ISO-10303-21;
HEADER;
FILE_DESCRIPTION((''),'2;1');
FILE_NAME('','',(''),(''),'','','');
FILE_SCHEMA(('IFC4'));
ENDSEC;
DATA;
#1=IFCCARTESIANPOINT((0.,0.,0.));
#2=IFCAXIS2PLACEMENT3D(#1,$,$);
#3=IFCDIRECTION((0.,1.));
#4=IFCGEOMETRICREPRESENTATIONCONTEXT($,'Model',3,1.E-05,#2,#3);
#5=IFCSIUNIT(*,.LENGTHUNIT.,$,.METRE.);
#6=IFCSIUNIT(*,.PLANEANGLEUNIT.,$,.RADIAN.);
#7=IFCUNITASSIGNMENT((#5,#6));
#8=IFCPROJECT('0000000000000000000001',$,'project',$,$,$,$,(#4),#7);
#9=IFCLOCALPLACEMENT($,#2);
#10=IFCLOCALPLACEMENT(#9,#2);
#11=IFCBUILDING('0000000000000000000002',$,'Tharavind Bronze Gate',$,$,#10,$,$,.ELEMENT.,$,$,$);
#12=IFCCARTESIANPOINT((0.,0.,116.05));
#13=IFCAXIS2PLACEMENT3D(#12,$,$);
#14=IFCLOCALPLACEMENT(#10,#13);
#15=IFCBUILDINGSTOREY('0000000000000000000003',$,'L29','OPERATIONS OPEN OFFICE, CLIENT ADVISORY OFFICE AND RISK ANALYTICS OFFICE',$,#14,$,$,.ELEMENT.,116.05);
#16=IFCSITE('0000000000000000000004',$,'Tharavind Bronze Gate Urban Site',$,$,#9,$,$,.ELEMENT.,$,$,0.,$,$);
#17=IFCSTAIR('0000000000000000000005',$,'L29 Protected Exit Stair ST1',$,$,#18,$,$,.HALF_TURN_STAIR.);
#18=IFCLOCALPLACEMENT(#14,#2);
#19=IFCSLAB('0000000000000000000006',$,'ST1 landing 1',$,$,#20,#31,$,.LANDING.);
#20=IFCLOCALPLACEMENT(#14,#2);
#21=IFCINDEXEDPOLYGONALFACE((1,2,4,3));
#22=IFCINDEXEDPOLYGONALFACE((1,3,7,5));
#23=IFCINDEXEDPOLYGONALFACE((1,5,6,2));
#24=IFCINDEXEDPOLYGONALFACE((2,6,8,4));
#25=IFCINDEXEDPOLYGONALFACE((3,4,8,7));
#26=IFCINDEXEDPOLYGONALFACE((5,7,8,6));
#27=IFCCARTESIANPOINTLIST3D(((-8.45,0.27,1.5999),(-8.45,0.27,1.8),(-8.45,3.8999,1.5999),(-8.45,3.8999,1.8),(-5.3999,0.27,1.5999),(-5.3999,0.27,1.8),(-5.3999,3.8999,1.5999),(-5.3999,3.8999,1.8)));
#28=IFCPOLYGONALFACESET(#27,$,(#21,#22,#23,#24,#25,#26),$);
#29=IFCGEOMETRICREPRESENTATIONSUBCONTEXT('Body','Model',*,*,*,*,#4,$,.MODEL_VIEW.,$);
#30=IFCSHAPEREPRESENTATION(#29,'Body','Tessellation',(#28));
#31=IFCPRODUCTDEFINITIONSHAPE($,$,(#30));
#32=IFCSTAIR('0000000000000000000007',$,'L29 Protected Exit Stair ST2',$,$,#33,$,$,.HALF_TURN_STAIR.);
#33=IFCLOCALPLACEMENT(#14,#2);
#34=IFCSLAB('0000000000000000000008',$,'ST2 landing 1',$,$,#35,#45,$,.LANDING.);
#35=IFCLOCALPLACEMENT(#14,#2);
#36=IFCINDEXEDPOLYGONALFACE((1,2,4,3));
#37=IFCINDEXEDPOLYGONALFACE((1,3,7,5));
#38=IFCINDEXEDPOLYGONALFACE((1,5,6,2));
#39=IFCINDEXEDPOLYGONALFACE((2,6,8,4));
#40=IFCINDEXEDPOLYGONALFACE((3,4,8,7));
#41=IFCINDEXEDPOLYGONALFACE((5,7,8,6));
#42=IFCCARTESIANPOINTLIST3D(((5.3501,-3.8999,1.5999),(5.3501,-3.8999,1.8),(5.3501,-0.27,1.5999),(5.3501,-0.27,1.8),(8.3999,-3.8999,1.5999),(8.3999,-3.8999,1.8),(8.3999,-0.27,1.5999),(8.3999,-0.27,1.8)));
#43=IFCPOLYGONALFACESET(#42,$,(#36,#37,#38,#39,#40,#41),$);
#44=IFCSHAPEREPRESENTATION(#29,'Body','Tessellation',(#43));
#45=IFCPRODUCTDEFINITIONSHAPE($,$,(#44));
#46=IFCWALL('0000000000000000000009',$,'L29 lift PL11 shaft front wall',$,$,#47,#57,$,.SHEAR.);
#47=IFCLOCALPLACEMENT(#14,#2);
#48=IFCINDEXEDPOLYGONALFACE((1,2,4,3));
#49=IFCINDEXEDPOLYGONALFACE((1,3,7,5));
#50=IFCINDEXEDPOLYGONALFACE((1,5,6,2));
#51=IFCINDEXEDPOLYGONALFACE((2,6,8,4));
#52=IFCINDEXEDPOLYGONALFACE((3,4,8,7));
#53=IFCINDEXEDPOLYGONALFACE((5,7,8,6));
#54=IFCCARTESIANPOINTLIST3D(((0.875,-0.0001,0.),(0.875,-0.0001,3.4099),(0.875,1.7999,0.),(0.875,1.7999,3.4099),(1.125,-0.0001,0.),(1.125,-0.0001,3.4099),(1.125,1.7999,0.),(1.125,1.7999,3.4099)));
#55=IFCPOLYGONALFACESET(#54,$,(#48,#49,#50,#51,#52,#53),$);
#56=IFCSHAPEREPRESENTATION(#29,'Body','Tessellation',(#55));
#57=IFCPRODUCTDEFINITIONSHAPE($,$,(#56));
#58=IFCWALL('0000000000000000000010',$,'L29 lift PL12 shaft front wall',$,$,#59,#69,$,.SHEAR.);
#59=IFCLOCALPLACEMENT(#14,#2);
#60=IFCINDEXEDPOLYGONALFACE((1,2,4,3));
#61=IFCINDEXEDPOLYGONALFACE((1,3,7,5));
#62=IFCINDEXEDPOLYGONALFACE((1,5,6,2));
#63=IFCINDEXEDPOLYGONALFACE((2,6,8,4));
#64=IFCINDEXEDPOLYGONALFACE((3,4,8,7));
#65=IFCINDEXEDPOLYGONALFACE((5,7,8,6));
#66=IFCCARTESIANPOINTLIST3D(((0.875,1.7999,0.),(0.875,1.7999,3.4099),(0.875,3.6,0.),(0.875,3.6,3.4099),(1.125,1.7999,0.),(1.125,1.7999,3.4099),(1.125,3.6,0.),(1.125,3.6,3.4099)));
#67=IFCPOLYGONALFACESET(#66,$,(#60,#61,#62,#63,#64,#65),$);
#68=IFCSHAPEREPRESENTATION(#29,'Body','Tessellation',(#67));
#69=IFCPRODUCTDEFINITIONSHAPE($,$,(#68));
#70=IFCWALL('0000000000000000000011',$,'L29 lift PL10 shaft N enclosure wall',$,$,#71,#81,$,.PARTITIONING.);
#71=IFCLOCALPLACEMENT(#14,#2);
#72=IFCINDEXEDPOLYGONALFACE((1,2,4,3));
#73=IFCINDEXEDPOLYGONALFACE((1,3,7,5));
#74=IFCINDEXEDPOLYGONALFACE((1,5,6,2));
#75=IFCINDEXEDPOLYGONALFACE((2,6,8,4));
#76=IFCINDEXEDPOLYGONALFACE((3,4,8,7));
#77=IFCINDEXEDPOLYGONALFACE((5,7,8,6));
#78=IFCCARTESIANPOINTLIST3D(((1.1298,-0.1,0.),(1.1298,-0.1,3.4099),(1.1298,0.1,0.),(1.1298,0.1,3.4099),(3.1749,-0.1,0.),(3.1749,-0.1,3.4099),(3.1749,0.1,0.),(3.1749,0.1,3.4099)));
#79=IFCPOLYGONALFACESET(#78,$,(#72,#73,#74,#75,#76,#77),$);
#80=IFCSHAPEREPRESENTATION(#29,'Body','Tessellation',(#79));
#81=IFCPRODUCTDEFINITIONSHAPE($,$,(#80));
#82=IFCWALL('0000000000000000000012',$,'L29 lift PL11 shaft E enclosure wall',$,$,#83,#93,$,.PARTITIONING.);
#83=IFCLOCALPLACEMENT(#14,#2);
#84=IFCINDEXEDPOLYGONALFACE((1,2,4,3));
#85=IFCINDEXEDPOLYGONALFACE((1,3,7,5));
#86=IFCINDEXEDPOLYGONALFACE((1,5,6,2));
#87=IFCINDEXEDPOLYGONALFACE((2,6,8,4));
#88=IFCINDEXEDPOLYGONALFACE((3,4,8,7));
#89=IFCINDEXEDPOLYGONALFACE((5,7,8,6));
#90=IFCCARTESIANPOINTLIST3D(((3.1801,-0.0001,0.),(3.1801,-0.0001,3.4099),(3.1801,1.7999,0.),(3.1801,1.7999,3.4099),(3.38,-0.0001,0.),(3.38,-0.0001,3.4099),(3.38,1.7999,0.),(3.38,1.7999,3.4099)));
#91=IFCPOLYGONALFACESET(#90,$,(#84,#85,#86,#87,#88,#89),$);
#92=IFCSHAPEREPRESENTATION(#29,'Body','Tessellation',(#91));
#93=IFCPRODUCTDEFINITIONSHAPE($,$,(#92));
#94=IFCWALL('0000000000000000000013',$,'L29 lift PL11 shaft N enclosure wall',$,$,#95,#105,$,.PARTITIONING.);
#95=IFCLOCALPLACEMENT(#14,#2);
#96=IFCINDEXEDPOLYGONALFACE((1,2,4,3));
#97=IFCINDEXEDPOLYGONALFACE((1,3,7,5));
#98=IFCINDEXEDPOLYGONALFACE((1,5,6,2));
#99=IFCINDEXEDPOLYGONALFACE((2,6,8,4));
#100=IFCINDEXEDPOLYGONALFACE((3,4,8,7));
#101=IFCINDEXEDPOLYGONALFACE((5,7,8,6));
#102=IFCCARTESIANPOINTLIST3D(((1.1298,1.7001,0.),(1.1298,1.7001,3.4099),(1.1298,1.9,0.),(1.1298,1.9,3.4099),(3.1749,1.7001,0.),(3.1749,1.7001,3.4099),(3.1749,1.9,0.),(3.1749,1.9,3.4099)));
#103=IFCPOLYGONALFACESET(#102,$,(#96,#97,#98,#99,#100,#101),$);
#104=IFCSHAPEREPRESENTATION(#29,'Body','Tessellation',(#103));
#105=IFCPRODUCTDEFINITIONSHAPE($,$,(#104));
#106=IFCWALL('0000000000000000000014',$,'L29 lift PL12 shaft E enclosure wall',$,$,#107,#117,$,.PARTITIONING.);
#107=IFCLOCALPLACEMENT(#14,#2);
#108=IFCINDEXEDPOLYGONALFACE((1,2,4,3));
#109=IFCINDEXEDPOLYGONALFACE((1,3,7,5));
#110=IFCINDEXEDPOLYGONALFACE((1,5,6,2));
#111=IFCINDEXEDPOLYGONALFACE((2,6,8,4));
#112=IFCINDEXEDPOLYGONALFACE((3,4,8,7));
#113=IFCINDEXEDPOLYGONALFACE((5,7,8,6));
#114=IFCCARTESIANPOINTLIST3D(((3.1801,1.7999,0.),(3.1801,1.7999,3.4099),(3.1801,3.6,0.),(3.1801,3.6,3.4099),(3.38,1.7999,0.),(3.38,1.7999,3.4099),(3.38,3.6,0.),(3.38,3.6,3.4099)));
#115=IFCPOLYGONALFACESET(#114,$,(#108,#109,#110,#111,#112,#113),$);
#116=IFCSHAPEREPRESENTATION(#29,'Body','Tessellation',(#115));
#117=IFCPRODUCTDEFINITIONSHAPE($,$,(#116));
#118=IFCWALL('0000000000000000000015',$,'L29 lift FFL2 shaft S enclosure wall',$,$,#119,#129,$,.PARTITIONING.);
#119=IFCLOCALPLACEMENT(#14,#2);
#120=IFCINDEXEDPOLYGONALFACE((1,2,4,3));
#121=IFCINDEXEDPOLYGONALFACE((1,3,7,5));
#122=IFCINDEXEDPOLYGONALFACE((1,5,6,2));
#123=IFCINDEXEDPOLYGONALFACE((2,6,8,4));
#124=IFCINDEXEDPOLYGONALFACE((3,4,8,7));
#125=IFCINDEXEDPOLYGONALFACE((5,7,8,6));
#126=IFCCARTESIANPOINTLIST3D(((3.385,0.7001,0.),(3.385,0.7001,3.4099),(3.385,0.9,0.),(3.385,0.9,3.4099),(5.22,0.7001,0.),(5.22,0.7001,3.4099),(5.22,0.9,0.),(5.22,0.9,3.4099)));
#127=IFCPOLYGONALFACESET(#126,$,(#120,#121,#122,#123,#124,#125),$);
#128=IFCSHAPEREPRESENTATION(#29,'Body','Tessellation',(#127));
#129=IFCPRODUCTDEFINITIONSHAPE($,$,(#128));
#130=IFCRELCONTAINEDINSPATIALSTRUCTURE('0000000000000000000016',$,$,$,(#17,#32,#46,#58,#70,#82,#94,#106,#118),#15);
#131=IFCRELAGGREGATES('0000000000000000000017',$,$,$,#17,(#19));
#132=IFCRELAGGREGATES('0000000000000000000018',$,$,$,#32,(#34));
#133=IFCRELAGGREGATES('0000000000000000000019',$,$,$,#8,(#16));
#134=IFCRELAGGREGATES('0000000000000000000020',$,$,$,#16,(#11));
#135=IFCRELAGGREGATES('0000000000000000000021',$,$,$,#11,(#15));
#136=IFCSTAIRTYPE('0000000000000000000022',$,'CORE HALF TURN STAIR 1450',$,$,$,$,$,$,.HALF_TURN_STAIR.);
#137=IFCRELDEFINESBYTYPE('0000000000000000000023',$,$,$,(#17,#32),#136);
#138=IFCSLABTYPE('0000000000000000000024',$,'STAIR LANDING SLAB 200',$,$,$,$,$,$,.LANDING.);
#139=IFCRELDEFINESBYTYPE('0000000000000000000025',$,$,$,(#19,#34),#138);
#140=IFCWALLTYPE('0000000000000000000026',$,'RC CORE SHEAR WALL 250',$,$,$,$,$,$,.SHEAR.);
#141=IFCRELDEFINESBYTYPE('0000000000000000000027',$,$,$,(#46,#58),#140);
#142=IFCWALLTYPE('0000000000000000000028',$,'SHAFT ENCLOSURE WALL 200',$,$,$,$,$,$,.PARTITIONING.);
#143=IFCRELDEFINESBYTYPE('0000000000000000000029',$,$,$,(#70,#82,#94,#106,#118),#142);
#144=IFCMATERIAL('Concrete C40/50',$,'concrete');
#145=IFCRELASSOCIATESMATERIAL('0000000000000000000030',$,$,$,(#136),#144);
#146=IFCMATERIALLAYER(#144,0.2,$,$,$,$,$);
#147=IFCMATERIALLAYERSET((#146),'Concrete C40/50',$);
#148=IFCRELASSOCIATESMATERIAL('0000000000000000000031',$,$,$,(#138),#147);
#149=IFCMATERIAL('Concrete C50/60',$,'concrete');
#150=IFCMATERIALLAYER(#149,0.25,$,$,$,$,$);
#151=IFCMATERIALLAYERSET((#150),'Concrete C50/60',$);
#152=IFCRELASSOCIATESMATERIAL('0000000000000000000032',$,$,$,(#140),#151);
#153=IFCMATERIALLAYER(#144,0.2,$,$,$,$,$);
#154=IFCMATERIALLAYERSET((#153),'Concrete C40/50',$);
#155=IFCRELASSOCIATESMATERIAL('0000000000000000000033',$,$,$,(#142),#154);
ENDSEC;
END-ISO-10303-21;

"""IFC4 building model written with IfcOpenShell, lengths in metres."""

from ifc_helpers import new_model, si_unit, direction, frame, frame_2d, origin, place, context, subcontext, project, spatial, polyline, rectangle, outline, extrude, material, layer, layer_set, type_object, element, aggregate, save


model = new_model("IFC4")

# Units and contexts
model_context = context("Model", 3, precision=1e-05, world=origin(), true_north=direction((0.0, 1.0)))
body_context = subcontext(model_context, "Body", "Model", "MODEL_VIEW")
ifc_project = project(units=[si_unit("LENGTHUNIT", "METRE"), si_unit("PLANEANGLEUNIT", "RADIAN")], contexts=[model_context])

# Site, building, storey
site_placement = place(None, origin())
site = spatial("IfcSite", under=ifc_project, at=site_placement, Name="Tharavind Bronze Gate Urban Site", CompositionType="ELEMENT", RefElevation=0.0)
building_placement = place(site_placement, origin())
building = spatial("IfcBuilding", under=site, at=building_placement, Name="Tharavind Bronze Gate", CompositionType="ELEMENT")
storey_placement = place(building_placement, frame((0.0, 0.0, 116.05)))
storey = spatial("IfcBuildingStorey", under=building, at=storey_placement, Name="L29", Description="OPERATIONS OPEN OFFICE, CLIENT ADVISORY OFFICE AND RISK ANALYTICS OFFICE", CompositionType="ELEMENT", Elevation=116.05)

# Stairs, slabs
ifc_material_1 = material(Name="Concrete C40/50", Category="concrete")
stair_type = type_object("IfcStairType", Name="CORE HALF TURN STAIR 1450", PredefinedType="HALF_TURN_STAIR", material=ifc_material_1)
stair_1_placement = place(storey_placement, origin())
stair_1 = element("IfcStair", 1, at=stair_1_placement, inside=storey, type_object=stair_type, Name="L29 Protected Exit Stair ST1", PredefinedType="HALF_TURN_STAIR")
ifc_layer_1 = layer(ifc_material_1, 0.2)
ifc_layer_set_1 = layer_set([ifc_layer_1], Name="Concrete C40/50")
slab_type = type_object("IfcSlabType", Name="STAIR LANDING SLAB 200", PredefinedType="LANDING", material=ifc_layer_set_1)
slab_1_placement = place(storey_placement, frame((0.0, 0.0, 1.5999)))
slab_1 = element("IfcSlab", 2, at=slab_1_placement, type_object=slab_type, Name="ST1 landing 1", PredefinedType="LANDING", context=body_context, shape_type="SweptSolid", body=[
    extrude(outline(polyline([(-5.3999, 0.27), (-5.3999, 3.8999), (-8.45, 3.8999), (-8.45, 0.27), (-5.3999, 0.27)])), origin(), (0.0, 0.0, 1.0), 0.2002),
])
aggregate(stair_1, [slab_1])
stair_2_placement = place(storey_placement, origin())
stair_2 = element("IfcStair", 3, at=stair_2_placement, inside=storey, type_object=stair_type, Name="L29 Protected Exit Stair ST2", PredefinedType="HALF_TURN_STAIR")
slab_2_placement = place(storey_placement, frame((0.0, 0.0, 1.5999)))
slab_2 = element("IfcSlab", 4, at=slab_2_placement, type_object=slab_type, Name="ST2 landing 1", PredefinedType="LANDING", context=body_context, shape_type="SweptSolid", body=[
    extrude(outline(polyline([(5.3501, -0.27), (5.3501, -3.8999), (8.3999, -3.8999), (8.3999, -0.27), (5.3501, -0.27)])), origin(), (0.0, 0.0, 1.0), 0.2002),
])
aggregate(stair_2, [slab_2])

# Walls
ifc_material_2 = material(Name="Concrete C50/60", Category="concrete")
ifc_layer_2 = layer(ifc_material_2, 0.25)
ifc_layer_set_2 = layer_set([ifc_layer_2], Name="Concrete C50/60")
wall_type_1 = type_object("IfcWallType", Name="RC CORE SHEAR WALL 250", PredefinedType="SHEAR", material=ifc_layer_set_2)
for number, where, z_axis, x_axis, name in (
    (5, (1.0, 0.0, 0.0), (0.0, 0.0, 1.0), (0.0, 1.0, 0.0), "L29 lift PL11 shaft front wall"),
    (6, (1.0, 1.8, 0.0), (0.0, 0.0, 1.0), (0.0, 1.0, 0.0), "L29 lift PL12 shaft front wall"),
):
    element("IfcWall", number, at=place(storey_placement, frame(where, z_axis=z_axis, x_axis=x_axis)), inside=storey, type_object=wall_type_1, Name=name, PredefinedType="SHEAR", context=body_context, shape_type="SweptSolid", body=[
        extrude(rectangle(XDim=1.8, YDim=0.25, at=frame_2d((0.8999, 0.0))), origin(), (0.0, 0.0, 1.0), 3.4099),
    ])
ifc_layer_3 = layer(ifc_material_1, 0.2)
ifc_layer_set_3 = layer_set([ifc_layer_3], Name="Concrete C40/50")
wall_type_2 = type_object("IfcWallType", Name="SHAFT ENCLOSURE WALL 200", PredefinedType="PARTITIONING", material=ifc_layer_set_3)
wall_1_placement = place(storey_placement, frame((1.1299, 0.0, 0.0), z_axis=(0.0, 0.0, 1.0), x_axis=(1.0, 0.0, 0.0)))
element("IfcWall", 7, at=wall_1_placement, inside=storey, type_object=wall_type_2, Name="L29 lift PL10 shaft N enclosure wall", PredefinedType="PARTITIONING", context=body_context, shape_type="SweptSolid", body=[
    extrude(rectangle(XDim=2.0452, YDim=0.2, at=frame_2d((1.0225, 0.0))), origin(), (0.0, 0.0, 1.0), 3.4099),
])
wall_2_placement = place(storey_placement, frame((3.28, 0.0, 0.0), z_axis=(0.0, 0.0, 1.0), x_axis=(0.0, 1.0, 0.0)))
element("IfcWall", 8, at=wall_2_placement, inside=storey, type_object=wall_type_2, Name="L29 lift PL11 shaft E enclosure wall", PredefinedType="PARTITIONING", context=body_context, shape_type="SweptSolid", body=[
    extrude(rectangle(XDim=1.8, YDim=0.2, at=frame_2d((0.8999, 0.0))), origin(), (0.0, 0.0, 1.0), 3.4099),
])
wall_3_placement = place(storey_placement, frame((1.1299, 1.8, 0.0), z_axis=(0.0, 0.0, 1.0), x_axis=(1.0, 0.0, 0.0)))
element("IfcWall", 9, at=wall_3_placement, inside=storey, type_object=wall_type_2, Name="L29 lift PL11 shaft N enclosure wall", PredefinedType="PARTITIONING", context=body_context, shape_type="SweptSolid", body=[
    extrude(rectangle(XDim=2.0452, YDim=0.2, at=frame_2d((1.0225, 0.0))), origin(), (0.0, 0.0, 1.0), 3.4099),
])
wall_4_placement = place(storey_placement, frame((3.28, 1.8, 0.0), z_axis=(0.0, 0.0, 1.0), x_axis=(0.0, 1.0, 0.0)))
element("IfcWall", 10, at=wall_4_placement, inside=storey, type_object=wall_type_2, Name="L29 lift PL12 shaft E enclosure wall", PredefinedType="PARTITIONING", context=body_context, shape_type="SweptSolid", body=[
    extrude(rectangle(XDim=1.8, YDim=0.2, at=frame_2d((0.8999, 0.0))), origin(), (0.0, 0.0, 1.0), 3.4099),
])
wall_5_placement = place(storey_placement, frame((3.385, 0.8, 0.0), z_axis=(0.0, 0.0, 1.0), x_axis=(1.0, 0.0, 0.0)))
element("IfcWall", 11, at=wall_5_placement, inside=storey, type_object=wall_type_2, Name="L29 lift FFL2 shaft S enclosure wall", PredefinedType="PARTITIONING", context=body_context, shape_type="SweptSolid", body=[
    extrude(rectangle(XDim=1.835, YDim=0.2, at=frame_2d((0.9175, 0.0))), origin(), (0.0, 0.0, 1.0), 3.4099),
])

save(model, "model.ifc")
